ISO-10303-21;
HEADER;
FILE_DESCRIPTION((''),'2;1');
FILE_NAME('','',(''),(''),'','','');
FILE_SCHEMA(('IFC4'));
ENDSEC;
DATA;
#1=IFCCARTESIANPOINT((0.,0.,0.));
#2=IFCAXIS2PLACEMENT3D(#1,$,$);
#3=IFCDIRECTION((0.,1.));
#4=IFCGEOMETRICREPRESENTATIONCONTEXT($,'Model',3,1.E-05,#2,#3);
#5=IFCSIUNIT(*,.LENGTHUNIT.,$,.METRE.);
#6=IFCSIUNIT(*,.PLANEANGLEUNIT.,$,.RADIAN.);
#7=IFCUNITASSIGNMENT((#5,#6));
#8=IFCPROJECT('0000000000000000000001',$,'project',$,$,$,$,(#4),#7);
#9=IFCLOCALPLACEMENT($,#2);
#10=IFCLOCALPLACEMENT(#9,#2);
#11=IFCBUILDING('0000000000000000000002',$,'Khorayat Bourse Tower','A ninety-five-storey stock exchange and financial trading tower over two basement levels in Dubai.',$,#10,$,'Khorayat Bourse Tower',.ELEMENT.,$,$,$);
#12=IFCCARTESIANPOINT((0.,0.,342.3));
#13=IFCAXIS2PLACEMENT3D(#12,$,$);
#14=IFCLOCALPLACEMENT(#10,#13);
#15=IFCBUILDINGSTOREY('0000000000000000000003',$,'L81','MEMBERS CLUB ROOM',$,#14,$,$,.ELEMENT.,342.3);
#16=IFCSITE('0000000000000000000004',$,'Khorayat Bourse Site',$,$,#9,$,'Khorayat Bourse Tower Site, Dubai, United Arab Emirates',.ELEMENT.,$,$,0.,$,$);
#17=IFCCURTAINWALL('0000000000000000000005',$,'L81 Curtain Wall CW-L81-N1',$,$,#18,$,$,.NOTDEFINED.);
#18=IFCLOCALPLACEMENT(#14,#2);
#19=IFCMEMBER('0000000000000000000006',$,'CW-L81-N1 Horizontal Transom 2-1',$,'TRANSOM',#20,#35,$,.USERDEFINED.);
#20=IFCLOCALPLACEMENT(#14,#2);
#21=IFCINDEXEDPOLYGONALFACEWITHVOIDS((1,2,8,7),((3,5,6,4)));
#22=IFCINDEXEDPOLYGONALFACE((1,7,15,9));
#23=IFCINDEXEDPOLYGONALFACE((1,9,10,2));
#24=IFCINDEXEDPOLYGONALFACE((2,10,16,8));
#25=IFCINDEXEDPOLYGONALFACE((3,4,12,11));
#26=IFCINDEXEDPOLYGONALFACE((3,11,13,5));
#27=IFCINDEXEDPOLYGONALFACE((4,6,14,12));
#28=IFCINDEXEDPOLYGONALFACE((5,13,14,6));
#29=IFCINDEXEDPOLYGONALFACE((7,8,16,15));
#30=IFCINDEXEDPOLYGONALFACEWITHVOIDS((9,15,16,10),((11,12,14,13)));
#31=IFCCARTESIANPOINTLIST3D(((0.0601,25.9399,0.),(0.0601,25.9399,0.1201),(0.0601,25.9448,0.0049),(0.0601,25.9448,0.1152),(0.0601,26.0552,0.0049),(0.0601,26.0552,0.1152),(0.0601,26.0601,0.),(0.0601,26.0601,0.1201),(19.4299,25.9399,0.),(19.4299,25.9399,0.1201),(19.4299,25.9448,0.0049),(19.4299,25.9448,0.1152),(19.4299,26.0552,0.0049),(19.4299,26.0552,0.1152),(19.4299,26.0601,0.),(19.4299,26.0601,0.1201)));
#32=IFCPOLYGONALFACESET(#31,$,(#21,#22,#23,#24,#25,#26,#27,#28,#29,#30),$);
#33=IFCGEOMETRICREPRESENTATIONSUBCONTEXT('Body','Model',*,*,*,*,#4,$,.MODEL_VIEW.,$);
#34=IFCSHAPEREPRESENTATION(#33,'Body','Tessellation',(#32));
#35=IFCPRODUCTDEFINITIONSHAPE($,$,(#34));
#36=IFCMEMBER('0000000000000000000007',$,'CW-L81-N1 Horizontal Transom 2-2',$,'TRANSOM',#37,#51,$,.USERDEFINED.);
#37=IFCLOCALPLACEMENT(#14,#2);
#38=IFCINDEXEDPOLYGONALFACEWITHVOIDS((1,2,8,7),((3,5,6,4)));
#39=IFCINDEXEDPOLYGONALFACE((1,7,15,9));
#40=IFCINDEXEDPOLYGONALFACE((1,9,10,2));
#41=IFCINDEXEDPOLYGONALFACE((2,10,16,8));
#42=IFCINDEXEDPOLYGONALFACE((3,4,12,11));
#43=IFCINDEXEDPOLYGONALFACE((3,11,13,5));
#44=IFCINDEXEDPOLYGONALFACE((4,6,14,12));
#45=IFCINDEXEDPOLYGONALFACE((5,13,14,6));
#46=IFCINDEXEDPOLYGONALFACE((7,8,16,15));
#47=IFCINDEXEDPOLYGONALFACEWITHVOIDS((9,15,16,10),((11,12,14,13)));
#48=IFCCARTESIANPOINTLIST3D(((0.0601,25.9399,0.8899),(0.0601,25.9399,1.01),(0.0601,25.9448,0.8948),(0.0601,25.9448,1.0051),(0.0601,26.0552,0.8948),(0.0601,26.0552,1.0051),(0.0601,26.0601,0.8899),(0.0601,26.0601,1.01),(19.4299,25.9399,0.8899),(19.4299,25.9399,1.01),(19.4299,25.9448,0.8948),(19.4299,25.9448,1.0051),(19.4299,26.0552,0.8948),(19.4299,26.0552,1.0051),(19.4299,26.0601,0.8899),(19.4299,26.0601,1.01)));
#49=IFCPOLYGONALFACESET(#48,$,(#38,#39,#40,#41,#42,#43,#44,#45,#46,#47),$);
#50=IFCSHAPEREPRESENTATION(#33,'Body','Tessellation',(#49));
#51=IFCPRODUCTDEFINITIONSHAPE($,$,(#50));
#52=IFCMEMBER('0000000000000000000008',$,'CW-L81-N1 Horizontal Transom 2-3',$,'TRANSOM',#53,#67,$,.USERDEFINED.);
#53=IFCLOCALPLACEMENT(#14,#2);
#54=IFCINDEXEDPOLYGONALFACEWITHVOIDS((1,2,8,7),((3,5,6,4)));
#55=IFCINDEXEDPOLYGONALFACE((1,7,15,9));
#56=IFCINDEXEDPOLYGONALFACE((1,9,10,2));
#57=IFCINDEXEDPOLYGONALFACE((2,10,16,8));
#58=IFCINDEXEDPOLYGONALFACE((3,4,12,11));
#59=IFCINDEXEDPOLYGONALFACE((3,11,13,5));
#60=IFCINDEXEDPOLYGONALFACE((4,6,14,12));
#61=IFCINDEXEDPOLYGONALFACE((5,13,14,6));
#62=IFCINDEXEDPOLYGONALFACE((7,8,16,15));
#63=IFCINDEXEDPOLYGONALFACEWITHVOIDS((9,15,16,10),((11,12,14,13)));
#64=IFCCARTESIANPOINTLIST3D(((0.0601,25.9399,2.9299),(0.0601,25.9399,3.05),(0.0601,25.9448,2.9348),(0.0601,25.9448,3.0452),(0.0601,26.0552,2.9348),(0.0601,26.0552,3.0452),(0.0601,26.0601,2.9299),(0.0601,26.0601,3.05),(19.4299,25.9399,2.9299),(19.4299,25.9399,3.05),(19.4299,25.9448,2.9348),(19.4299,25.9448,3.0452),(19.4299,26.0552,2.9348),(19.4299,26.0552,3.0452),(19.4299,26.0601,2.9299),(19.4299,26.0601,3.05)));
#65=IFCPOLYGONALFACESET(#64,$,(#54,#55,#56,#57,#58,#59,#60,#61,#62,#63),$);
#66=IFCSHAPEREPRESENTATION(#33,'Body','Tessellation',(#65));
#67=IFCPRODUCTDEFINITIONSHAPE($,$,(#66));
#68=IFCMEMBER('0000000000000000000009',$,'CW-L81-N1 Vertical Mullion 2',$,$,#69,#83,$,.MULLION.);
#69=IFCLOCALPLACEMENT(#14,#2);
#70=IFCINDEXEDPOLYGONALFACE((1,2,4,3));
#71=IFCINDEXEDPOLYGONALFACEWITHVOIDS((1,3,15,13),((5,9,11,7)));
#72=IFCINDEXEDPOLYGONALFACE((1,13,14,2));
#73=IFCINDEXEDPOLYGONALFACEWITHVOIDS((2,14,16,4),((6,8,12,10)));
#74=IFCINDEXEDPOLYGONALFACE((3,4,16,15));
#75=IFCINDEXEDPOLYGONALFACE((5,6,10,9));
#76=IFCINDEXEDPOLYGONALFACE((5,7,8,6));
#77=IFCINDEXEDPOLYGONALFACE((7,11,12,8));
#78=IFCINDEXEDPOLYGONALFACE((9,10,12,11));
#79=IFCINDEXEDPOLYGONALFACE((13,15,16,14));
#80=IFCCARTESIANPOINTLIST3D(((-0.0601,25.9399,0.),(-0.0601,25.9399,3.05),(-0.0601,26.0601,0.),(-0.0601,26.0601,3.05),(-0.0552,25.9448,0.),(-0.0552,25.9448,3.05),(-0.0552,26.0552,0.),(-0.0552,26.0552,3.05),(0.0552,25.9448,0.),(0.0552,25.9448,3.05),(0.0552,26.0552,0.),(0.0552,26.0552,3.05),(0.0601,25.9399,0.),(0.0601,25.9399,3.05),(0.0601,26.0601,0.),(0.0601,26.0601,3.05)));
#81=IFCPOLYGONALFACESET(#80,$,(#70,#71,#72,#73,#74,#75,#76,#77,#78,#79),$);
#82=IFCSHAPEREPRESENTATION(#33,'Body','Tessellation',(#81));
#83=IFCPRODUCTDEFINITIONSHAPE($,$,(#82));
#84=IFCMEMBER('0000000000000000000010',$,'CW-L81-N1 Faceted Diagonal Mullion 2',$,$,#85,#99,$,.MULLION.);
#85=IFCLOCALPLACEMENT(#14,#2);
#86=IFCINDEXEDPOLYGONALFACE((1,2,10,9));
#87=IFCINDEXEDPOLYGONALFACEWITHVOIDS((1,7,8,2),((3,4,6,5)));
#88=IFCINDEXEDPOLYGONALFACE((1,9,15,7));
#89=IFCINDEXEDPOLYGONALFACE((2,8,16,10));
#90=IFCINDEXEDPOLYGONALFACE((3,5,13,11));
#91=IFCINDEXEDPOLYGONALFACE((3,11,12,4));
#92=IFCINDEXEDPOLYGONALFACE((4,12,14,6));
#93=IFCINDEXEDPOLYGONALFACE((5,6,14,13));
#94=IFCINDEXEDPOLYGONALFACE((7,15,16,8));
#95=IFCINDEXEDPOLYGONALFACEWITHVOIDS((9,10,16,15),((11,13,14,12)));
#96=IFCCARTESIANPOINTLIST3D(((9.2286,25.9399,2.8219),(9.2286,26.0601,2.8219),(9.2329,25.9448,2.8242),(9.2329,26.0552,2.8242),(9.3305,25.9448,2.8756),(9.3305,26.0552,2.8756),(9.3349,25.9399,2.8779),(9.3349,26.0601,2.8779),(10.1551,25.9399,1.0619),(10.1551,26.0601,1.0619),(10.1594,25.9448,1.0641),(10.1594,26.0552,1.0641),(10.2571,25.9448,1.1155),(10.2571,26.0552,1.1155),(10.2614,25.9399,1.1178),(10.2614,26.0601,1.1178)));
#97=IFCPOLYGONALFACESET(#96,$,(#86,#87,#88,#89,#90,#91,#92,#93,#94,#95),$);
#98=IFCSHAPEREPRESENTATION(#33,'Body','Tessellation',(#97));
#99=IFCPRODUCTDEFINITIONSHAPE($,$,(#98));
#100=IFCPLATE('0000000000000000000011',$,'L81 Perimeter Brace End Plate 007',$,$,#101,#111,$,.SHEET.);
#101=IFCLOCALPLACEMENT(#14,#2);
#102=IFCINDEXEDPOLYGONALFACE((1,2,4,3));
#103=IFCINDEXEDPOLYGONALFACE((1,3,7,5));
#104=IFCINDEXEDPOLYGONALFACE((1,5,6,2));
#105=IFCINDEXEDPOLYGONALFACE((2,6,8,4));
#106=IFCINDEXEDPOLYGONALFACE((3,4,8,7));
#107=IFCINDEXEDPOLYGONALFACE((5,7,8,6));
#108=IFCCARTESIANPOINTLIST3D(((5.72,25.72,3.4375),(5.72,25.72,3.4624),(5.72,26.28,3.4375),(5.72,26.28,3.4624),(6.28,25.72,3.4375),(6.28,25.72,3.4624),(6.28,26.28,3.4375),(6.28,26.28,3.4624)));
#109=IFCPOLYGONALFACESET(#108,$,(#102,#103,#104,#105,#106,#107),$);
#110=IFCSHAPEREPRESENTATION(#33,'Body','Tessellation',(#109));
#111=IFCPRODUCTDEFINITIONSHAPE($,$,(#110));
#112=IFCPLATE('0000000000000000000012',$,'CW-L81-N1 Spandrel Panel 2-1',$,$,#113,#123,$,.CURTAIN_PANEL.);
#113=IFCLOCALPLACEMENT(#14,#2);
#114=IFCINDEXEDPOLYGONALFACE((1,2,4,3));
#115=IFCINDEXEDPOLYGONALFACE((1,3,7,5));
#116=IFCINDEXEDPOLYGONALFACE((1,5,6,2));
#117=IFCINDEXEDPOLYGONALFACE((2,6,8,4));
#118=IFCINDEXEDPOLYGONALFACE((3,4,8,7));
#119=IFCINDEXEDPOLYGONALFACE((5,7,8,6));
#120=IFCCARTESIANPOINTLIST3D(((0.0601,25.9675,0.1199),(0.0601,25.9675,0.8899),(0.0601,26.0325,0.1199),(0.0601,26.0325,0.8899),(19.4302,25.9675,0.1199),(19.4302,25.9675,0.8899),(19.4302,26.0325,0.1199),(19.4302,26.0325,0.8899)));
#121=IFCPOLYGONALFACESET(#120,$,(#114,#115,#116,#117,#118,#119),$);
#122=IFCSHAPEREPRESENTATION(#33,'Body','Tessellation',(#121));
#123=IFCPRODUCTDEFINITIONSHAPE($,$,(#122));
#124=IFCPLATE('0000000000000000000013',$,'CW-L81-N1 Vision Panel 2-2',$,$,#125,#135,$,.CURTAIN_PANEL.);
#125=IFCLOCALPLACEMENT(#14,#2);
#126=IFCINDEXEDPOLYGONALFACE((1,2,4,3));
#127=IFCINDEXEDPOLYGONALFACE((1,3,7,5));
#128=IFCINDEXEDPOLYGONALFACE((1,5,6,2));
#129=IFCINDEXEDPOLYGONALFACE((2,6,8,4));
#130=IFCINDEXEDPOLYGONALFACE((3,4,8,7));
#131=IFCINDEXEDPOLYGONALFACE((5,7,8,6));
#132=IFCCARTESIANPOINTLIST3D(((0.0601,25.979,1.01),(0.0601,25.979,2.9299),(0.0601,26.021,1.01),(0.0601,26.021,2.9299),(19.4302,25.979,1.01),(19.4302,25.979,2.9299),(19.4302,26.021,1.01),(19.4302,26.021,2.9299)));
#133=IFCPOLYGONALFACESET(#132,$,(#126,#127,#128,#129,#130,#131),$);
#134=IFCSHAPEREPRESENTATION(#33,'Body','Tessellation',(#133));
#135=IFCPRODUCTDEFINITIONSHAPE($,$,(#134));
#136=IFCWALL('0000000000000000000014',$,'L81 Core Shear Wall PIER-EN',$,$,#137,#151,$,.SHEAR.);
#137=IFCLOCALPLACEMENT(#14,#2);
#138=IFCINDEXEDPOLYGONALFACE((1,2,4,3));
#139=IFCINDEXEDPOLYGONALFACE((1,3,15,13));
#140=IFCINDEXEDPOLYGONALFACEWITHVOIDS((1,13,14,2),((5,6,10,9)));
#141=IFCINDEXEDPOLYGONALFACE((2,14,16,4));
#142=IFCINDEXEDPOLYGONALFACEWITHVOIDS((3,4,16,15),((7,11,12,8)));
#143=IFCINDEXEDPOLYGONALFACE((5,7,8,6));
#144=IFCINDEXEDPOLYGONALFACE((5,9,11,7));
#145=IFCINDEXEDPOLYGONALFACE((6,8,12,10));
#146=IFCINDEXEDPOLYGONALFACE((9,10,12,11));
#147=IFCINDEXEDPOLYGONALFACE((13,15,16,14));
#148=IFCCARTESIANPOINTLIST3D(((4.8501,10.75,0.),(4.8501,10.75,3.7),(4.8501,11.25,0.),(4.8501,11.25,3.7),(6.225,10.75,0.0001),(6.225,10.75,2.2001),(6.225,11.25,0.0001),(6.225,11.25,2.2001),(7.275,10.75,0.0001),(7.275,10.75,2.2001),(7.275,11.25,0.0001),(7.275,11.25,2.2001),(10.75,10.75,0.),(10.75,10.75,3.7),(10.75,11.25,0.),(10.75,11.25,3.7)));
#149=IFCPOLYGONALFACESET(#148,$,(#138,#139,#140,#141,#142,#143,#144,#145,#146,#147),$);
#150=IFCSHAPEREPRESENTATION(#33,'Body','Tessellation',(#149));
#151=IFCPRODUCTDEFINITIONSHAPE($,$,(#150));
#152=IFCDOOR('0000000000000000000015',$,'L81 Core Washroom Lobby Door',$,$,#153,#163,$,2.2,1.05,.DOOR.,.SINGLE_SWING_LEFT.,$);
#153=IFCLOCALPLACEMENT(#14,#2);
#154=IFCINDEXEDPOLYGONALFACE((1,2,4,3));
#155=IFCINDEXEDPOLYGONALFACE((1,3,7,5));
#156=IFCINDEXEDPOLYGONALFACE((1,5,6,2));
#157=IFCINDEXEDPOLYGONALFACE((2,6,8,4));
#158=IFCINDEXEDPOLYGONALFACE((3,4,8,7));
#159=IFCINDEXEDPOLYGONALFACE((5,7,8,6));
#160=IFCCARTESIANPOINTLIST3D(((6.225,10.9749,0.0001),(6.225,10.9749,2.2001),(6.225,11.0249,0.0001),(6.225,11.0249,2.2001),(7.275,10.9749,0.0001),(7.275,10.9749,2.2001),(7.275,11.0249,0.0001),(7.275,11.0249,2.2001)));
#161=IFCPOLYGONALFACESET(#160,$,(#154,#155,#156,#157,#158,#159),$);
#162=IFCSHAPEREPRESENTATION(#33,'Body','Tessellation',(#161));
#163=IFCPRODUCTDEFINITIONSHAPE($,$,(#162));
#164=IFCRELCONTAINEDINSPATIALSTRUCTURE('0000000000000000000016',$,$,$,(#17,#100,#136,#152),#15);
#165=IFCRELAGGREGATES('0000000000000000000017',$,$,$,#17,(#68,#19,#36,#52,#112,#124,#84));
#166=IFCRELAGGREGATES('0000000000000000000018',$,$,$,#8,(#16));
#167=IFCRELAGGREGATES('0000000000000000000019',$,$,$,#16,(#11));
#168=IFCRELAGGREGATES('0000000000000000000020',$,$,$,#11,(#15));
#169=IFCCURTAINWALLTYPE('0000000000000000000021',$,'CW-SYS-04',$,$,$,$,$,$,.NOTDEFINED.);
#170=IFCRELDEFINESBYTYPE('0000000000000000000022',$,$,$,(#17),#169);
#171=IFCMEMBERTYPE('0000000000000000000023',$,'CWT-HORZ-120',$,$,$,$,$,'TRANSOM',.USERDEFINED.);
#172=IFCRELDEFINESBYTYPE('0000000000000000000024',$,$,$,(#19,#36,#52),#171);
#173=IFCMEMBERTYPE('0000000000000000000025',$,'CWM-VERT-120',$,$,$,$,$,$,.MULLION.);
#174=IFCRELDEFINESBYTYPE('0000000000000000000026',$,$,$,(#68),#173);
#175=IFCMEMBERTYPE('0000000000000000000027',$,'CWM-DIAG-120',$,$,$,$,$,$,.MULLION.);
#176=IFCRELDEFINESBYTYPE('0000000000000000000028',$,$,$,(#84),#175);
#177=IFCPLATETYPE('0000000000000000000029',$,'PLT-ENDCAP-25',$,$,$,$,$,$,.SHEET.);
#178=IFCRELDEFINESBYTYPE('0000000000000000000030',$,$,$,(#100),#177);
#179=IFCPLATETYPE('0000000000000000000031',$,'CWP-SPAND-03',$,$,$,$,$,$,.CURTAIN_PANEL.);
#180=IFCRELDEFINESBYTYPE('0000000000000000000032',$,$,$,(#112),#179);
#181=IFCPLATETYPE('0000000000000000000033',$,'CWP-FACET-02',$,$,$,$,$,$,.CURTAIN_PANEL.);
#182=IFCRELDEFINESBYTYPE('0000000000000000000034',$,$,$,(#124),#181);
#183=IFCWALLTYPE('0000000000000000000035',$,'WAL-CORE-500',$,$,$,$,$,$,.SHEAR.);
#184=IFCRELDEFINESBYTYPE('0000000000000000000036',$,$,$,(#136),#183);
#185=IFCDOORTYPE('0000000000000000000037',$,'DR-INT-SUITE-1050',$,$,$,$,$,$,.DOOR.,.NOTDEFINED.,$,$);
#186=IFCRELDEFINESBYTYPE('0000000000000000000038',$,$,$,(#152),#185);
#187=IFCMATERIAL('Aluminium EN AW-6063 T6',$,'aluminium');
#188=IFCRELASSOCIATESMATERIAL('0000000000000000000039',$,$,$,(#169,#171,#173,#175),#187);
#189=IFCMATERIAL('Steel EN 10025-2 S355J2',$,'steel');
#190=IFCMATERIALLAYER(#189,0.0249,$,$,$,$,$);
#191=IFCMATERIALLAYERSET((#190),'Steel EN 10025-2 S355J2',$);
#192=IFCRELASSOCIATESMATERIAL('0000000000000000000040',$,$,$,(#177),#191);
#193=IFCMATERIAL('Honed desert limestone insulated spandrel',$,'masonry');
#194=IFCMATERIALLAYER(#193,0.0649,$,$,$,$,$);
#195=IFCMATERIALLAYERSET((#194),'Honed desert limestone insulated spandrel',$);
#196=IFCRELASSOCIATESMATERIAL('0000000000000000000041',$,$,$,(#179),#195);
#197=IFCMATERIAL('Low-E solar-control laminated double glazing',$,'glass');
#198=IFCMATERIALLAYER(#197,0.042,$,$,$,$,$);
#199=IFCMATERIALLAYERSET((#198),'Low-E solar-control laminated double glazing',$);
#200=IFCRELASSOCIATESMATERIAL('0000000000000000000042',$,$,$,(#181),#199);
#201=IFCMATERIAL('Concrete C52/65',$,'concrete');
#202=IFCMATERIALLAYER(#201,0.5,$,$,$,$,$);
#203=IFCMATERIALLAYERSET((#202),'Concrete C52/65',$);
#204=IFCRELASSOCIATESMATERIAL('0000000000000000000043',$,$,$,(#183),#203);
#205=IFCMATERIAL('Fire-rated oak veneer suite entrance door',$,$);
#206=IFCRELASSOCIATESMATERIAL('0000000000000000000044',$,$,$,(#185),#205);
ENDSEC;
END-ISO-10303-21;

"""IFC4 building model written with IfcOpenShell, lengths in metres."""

from ifc_helpers import new_model, si_unit, direction, frame, frame_2d, origin, origin_2d, place, context, subcontext, project, spatial, rectangle, hollow_rectangle, extrude, source, transform, mapped, material, layer, layer_set, material_profile, profile_set, type_object, element, fill, aggregate, save


model = new_model("IFC4")

# Units and contexts
model_context = context("Model", 3, precision=1e-05, world=origin(), true_north=direction((0.0, 1.0)))
body_context = subcontext(model_context, "Body", "Model", "MODEL_VIEW")
ifc_project = project(units=[si_unit("LENGTHUNIT", "METRE"), si_unit("PLANEANGLEUNIT", "RADIAN")], contexts=[model_context])

# Site, building, storey
site_placement = place(None, origin())
site = spatial("IfcSite", under=ifc_project, at=site_placement, Name="Khorayat Bourse Site", LongName="Khorayat Bourse Tower Site, Dubai, United Arab Emirates", CompositionType="ELEMENT", RefElevation=0.0)
building_placement = place(site_placement, origin())
building = spatial("IfcBuilding", under=site, at=building_placement, Name="Khorayat Bourse Tower", Description="A ninety-five-storey stock exchange and financial trading tower over two basement levels in Dubai.", LongName="Khorayat Bourse Tower", CompositionType="ELEMENT")
storey_placement = place(building_placement, frame((0.0, 0.0, 342.3)))
storey = spatial("IfcBuildingStorey", under=building, at=storey_placement, Name="L81", Description="MEMBERS CLUB ROOM", CompositionType="ELEMENT", Elevation=342.3)

# Shared definitions
ifc_material_1 = material(Name="Concrete C52/65", Category="concrete")
ifc_material_2 = material(Name="Steel EN 10025-2 S355J2", Category="steel")

# Curtain wall, members
ifc_material_3 = material(Name="Aluminium EN AW-6063 T6", Category="aluminium")
curtain_wall_type = type_object("IfcCurtainWallType", Name="CW-SYS-04", PredefinedType="NOTDEFINED", material=ifc_material_3)
curtain_wall_placement = place(storey_placement, origin())
curtain_wall = element("IfcCurtainWall", 1, at=curtain_wall_placement, inside=storey, type_object=curtain_wall_type, Name="L81 Curtain Wall CW-L81-N1", PredefinedType="NOTDEFINED")
ifc_material_profile_1 = material_profile(ifc_material_3, hollow_rectangle(XDim=0.1201, YDim=0.1201, WallThickness=0.0049, at=origin_2d()), Name="ALU 120x120x5")
ifc_profile_set_1 = profile_set([ifc_material_profile_1], Name="Aluminium EN AW-6063 T6")
member_type_1 = type_object("IfcMemberType", Name="CWT-HORZ-120", ElementType="TRANSOM", PredefinedType="USERDEFINED", material=ifc_profile_set_1)
shared_shape_1 = source(origin(), body_context, "Body", "SweptSolid", [
    extrude(hollow_rectangle(XDim=0.1201, YDim=0.1201, WallThickness=0.0049, at=origin_2d()), origin(), (0.0, 0.0, 1.0), 19.3699),
])
member_1_placement = place(storey_placement, frame((0.0601, 26.0, 0.0601), z_axis=(1.0, 0.0, 0.0), x_axis=(0.0, 1.0, 0.0)))
member_1 = element("IfcMember", 2, at=member_1_placement, type_object=member_type_1, Name="CW-L81-N1 Horizontal Transom 2-1", ObjectType="TRANSOM", PredefinedType="USERDEFINED", context=body_context, shape_type="MappedRepresentation", body=[
    mapped(shared_shape_1, transform((0.0, 0.0, 0.0), scale=1.0)),
])
member_2_placement = place(storey_placement, frame((0.0601, 26.0, 0.95), z_axis=(1.0, 0.0, 0.0), x_axis=(0.0, 1.0, 0.0)))
member_2 = element("IfcMember", 3, at=member_2_placement, type_object=member_type_1, Name="CW-L81-N1 Horizontal Transom 2-2", ObjectType="TRANSOM", PredefinedType="USERDEFINED", context=body_context, shape_type="MappedRepresentation", body=[
    mapped(shared_shape_1, transform((0.0, 0.0, 0.0), scale=1.0)),
])
member_3_placement = place(storey_placement, frame((0.0601, 26.0, 2.99), z_axis=(1.0, 0.0, 0.0), x_axis=(0.0, 1.0, 0.0)))
member_3 = element("IfcMember", 4, at=member_3_placement, type_object=member_type_1, Name="CW-L81-N1 Horizontal Transom 2-3", ObjectType="TRANSOM", PredefinedType="USERDEFINED", context=body_context, shape_type="MappedRepresentation", body=[
    mapped(shared_shape_1, transform((0.0, 0.0, 0.0), scale=1.0)),
])
ifc_material_profile_2 = material_profile(ifc_material_3, hollow_rectangle(XDim=0.1201, YDim=0.1201, WallThickness=0.0049, at=origin_2d()), Name="ALU 120x120x5")
ifc_profile_set_2 = profile_set([ifc_material_profile_2], Name="Aluminium EN AW-6063 T6")
member_type_2 = type_object("IfcMemberType", Name="CWM-VERT-120", PredefinedType="MULLION", material=ifc_profile_set_2)
shared_shape_2 = source(origin(), body_context, "Body", "SweptSolid", [
    extrude(hollow_rectangle(XDim=0.1201, YDim=0.1201, WallThickness=0.0049, at=origin_2d()), origin(), (0.0, 0.0, 1.0), 3.05),
])
member_4_placement = place(storey_placement, frame((0.0, 26.0, 0.0), z_axis=(0.0, 0.0, 1.0), x_axis=(0.0, 1.0, 0.0)))
member_4 = element("IfcMember", 5, at=member_4_placement, type_object=member_type_2, Name="CW-L81-N1 Vertical Mullion 2", PredefinedType="MULLION", context=body_context, shape_type="MappedRepresentation", body=[
    mapped(shared_shape_2, transform((0.0, 0.0, 0.0), scale=1.0)),
])
ifc_material_profile_3 = material_profile(ifc_material_3, hollow_rectangle(XDim=0.1201, YDim=0.1201, WallThickness=0.0049, at=origin_2d()), Name="ALU 120x120x5")
ifc_profile_set_3 = profile_set([ifc_material_profile_3], Name="Aluminium EN AW-6063 T6")
member_type_3 = type_object("IfcMemberType", Name="CWM-DIAG-120", PredefinedType="MULLION", material=ifc_profile_set_3)
shared_shape_3 = source(origin(), body_context, "Body", "SweptSolid", [
    extrude(hollow_rectangle(XDim=0.1201, YDim=0.1201, WallThickness=0.0049, at=origin_2d()), origin(), (0.0, 0.0, 1.0), 1.989),
])
member_5_placement = place(storey_placement, frame((10.2083, 26.0, 1.0898), z_axis=(-0.465822, 0.0, 0.884878), x_axis=(0.0, -1.0, 0.0)))
member_5 = element("IfcMember", 6, at=member_5_placement, type_object=member_type_3, Name="CW-L81-N1 Faceted Diagonal Mullion 2", PredefinedType="MULLION", context=body_context, shape_type="MappedRepresentation", body=[
    mapped(shared_shape_3, transform((0.0, 0.0, 0.0), scale=1.0)),
])

# Plates
ifc_layer_1 = layer(ifc_material_2, 0.0249)
ifc_layer_set_1 = layer_set([ifc_layer_1], Name="Steel EN 10025-2 S355J2")
plate_type_1 = type_object("IfcPlateType", Name="PLT-ENDCAP-25", PredefinedType="SHEET", material=ifc_layer_set_1)
shared_shape_4 = source(origin(), body_context, "Body", "SweptSolid", [
    extrude(rectangle(XDim=0.5601, YDim=0.5601, at=origin_2d()), origin(), (0.0, 0.0, 1.0), 0.0249),
])
plate_1_placement = place(storey_placement, frame((6.0, 26.0, 3.4375), z_axis=(0.0, 0.0, 1.0), x_axis=(1.0, 0.0, 0.0)))
element("IfcPlate", 7, at=plate_1_placement, inside=storey, type_object=plate_type_1, Name="L81 Perimeter Brace End Plate 007", PredefinedType="SHEET", context=body_context, shape_type="MappedRepresentation", body=[
    mapped(shared_shape_4, transform((0.0, 0.0, 0.0), scale=1.0)),
])
ifc_material_4 = material(Name="Honed desert limestone insulated spandrel", Category="masonry")
ifc_layer_2 = layer(ifc_material_4, 0.0649)
ifc_layer_set_2 = layer_set([ifc_layer_2], Name="Honed desert limestone insulated spandrel")
plate_type_2 = type_object("IfcPlateType", Name="CWP-SPAND-03", PredefinedType="CURTAIN_PANEL", material=ifc_layer_set_2)
shared_shape_5 = source(origin(), body_context, "Body", "SweptSolid", [
    extrude(rectangle(XDim=19.3701, YDim=0.0649, at=origin_2d()), origin(), (0.0, 0.0, 1.0), 0.77),
])
plate_2_placement = place(storey_placement, frame((9.7451, 26.0, 0.1199), z_axis=(0.0, 0.0, 1.0), x_axis=(1.0, 0.0, 0.0)))
plate_2 = element("IfcPlate", 8, at=plate_2_placement, type_object=plate_type_2, Name="CW-L81-N1 Spandrel Panel 2-1", PredefinedType="CURTAIN_PANEL", context=body_context, shape_type="MappedRepresentation", body=[
    mapped(shared_shape_5, transform((0.0, 0.0, 0.0), scale=1.0)),
])
ifc_material_5 = material(Name="Low-E solar-control laminated double glazing", Category="glass")
ifc_layer_3 = layer(ifc_material_5, 0.042)
ifc_layer_set_3 = layer_set([ifc_layer_3], Name="Low-E solar-control laminated double glazing")
plate_type_3 = type_object("IfcPlateType", Name="CWP-FACET-02", PredefinedType="CURTAIN_PANEL", material=ifc_layer_set_3)
shared_shape_6 = source(origin(), body_context, "Body", "SweptSolid", [
    extrude(rectangle(XDim=19.3701, YDim=0.042, at=origin_2d()), origin(), (0.0, 0.0, 1.0), 1.9199),
])
plate_3_placement = place(storey_placement, frame((9.7451, 26.0, 1.01), z_axis=(0.0, 0.0, 1.0), x_axis=(1.0, 0.0, 0.0)))
plate_3 = element("IfcPlate", 9, at=plate_3_placement, type_object=plate_type_3, Name="CW-L81-N1 Vision Panel 2-2", PredefinedType="CURTAIN_PANEL", context=body_context, shape_type="MappedRepresentation", body=[
    mapped(shared_shape_6, transform((0.0, 0.0, 0.0), scale=1.0)),
])
aggregate(curtain_wall, [member_4, member_1, member_2, member_3, plate_2, plate_3, member_5])

# Wall, opening, door
ifc_layer_4 = layer(ifc_material_1, 0.5)
ifc_layer_set_4 = layer_set([ifc_layer_4], Name="Concrete C52/65")
wall_type_1 = type_object("IfcWallType", Name="WAL-CORE-500", PredefinedType="SHEAR", material=ifc_layer_set_4)
shared_shape_7 = source(origin(), body_context, "Body", "SweptSolid", [
    extrude(rectangle(XDim=5.8999, YDim=0.5, at=frame_2d((2.95, 0.0))), origin(), (0.0, 0.0, 1.0), 3.7),
])
wall_1_placement = place(storey_placement, frame((4.8501, 11.0, 0.0), z_axis=(0.0, 0.0, 1.0), x_axis=(1.0, 0.0, 0.0)))
wall_1 = element("IfcWall", 10, at=wall_1_placement, inside=storey, type_object=wall_type_1, Name="L81 Core Shear Wall PIER-EN", PredefinedType="SHEAR", context=body_context, shape_type="MappedRepresentation", body=[
    mapped(shared_shape_7, transform((0.0, 0.0, 0.0), scale=1.0)),
])
shared_shape_8 = source(origin(), body_context, "Body", "SweptSolid", [
    extrude(rectangle(XDim=1.05, YDim=2.2, at=frame_2d((0.5249, 1.1001))), frame((0.0, 0.26, 0.0), z_axis=(0.0, -1.0, 0.0), x_axis=(1.0, 0.0, 0.0)), (0.0, 0.0, 1.0), 0.52),
])
opening_1_placement = place(wall_1_placement, frame((1.375, 0.0, 0.0)))
opening_1 = element("IfcOpeningElement", 11, at=opening_1_placement, cuts=wall_1, PredefinedType="OPENING", context=body_context, shape_type="MappedRepresentation", body=[
    mapped(shared_shape_8, transform((0.0, 0.0, 0.0), scale=1.0)),
])
ifc_material_6 = material(Name="Fire-rated oak veneer suite entrance door")
door_type_1 = type_object("IfcDoorType", Name="DR-INT-SUITE-1050", OperationType="NOTDEFINED", PredefinedType="DOOR", material=ifc_material_6)
shared_shape_9 = source(origin(), body_context, "Body", "SweptSolid", [
    extrude(rectangle(XDim=1.05, YDim=2.2, at=frame_2d((0.5249, 1.1001))), frame((0.0, 0.0249, 0.0), z_axis=(0.0, -1.0, 0.0), x_axis=(1.0, 0.0, 0.0)), (0.0, 0.0, 1.0), 0.05),
])
door_1_placement = place(opening_1_placement, origin())
door_1 = element("IfcDoor", 12, at=door_1_placement, inside=storey, type_object=door_type_1, Name="L81 Core Washroom Lobby Door", OperationType="SINGLE_SWING_LEFT", OverallHeight=2.2, OverallWidth=1.05, PredefinedType="DOOR", context=body_context, shape_type="MappedRepresentation", body=[
    mapped(shared_shape_9, transform((0.0, 0.0, 0.0), scale=1.0)),
])
fill(opening_1, door_1)

save(model, "model.ifc")
